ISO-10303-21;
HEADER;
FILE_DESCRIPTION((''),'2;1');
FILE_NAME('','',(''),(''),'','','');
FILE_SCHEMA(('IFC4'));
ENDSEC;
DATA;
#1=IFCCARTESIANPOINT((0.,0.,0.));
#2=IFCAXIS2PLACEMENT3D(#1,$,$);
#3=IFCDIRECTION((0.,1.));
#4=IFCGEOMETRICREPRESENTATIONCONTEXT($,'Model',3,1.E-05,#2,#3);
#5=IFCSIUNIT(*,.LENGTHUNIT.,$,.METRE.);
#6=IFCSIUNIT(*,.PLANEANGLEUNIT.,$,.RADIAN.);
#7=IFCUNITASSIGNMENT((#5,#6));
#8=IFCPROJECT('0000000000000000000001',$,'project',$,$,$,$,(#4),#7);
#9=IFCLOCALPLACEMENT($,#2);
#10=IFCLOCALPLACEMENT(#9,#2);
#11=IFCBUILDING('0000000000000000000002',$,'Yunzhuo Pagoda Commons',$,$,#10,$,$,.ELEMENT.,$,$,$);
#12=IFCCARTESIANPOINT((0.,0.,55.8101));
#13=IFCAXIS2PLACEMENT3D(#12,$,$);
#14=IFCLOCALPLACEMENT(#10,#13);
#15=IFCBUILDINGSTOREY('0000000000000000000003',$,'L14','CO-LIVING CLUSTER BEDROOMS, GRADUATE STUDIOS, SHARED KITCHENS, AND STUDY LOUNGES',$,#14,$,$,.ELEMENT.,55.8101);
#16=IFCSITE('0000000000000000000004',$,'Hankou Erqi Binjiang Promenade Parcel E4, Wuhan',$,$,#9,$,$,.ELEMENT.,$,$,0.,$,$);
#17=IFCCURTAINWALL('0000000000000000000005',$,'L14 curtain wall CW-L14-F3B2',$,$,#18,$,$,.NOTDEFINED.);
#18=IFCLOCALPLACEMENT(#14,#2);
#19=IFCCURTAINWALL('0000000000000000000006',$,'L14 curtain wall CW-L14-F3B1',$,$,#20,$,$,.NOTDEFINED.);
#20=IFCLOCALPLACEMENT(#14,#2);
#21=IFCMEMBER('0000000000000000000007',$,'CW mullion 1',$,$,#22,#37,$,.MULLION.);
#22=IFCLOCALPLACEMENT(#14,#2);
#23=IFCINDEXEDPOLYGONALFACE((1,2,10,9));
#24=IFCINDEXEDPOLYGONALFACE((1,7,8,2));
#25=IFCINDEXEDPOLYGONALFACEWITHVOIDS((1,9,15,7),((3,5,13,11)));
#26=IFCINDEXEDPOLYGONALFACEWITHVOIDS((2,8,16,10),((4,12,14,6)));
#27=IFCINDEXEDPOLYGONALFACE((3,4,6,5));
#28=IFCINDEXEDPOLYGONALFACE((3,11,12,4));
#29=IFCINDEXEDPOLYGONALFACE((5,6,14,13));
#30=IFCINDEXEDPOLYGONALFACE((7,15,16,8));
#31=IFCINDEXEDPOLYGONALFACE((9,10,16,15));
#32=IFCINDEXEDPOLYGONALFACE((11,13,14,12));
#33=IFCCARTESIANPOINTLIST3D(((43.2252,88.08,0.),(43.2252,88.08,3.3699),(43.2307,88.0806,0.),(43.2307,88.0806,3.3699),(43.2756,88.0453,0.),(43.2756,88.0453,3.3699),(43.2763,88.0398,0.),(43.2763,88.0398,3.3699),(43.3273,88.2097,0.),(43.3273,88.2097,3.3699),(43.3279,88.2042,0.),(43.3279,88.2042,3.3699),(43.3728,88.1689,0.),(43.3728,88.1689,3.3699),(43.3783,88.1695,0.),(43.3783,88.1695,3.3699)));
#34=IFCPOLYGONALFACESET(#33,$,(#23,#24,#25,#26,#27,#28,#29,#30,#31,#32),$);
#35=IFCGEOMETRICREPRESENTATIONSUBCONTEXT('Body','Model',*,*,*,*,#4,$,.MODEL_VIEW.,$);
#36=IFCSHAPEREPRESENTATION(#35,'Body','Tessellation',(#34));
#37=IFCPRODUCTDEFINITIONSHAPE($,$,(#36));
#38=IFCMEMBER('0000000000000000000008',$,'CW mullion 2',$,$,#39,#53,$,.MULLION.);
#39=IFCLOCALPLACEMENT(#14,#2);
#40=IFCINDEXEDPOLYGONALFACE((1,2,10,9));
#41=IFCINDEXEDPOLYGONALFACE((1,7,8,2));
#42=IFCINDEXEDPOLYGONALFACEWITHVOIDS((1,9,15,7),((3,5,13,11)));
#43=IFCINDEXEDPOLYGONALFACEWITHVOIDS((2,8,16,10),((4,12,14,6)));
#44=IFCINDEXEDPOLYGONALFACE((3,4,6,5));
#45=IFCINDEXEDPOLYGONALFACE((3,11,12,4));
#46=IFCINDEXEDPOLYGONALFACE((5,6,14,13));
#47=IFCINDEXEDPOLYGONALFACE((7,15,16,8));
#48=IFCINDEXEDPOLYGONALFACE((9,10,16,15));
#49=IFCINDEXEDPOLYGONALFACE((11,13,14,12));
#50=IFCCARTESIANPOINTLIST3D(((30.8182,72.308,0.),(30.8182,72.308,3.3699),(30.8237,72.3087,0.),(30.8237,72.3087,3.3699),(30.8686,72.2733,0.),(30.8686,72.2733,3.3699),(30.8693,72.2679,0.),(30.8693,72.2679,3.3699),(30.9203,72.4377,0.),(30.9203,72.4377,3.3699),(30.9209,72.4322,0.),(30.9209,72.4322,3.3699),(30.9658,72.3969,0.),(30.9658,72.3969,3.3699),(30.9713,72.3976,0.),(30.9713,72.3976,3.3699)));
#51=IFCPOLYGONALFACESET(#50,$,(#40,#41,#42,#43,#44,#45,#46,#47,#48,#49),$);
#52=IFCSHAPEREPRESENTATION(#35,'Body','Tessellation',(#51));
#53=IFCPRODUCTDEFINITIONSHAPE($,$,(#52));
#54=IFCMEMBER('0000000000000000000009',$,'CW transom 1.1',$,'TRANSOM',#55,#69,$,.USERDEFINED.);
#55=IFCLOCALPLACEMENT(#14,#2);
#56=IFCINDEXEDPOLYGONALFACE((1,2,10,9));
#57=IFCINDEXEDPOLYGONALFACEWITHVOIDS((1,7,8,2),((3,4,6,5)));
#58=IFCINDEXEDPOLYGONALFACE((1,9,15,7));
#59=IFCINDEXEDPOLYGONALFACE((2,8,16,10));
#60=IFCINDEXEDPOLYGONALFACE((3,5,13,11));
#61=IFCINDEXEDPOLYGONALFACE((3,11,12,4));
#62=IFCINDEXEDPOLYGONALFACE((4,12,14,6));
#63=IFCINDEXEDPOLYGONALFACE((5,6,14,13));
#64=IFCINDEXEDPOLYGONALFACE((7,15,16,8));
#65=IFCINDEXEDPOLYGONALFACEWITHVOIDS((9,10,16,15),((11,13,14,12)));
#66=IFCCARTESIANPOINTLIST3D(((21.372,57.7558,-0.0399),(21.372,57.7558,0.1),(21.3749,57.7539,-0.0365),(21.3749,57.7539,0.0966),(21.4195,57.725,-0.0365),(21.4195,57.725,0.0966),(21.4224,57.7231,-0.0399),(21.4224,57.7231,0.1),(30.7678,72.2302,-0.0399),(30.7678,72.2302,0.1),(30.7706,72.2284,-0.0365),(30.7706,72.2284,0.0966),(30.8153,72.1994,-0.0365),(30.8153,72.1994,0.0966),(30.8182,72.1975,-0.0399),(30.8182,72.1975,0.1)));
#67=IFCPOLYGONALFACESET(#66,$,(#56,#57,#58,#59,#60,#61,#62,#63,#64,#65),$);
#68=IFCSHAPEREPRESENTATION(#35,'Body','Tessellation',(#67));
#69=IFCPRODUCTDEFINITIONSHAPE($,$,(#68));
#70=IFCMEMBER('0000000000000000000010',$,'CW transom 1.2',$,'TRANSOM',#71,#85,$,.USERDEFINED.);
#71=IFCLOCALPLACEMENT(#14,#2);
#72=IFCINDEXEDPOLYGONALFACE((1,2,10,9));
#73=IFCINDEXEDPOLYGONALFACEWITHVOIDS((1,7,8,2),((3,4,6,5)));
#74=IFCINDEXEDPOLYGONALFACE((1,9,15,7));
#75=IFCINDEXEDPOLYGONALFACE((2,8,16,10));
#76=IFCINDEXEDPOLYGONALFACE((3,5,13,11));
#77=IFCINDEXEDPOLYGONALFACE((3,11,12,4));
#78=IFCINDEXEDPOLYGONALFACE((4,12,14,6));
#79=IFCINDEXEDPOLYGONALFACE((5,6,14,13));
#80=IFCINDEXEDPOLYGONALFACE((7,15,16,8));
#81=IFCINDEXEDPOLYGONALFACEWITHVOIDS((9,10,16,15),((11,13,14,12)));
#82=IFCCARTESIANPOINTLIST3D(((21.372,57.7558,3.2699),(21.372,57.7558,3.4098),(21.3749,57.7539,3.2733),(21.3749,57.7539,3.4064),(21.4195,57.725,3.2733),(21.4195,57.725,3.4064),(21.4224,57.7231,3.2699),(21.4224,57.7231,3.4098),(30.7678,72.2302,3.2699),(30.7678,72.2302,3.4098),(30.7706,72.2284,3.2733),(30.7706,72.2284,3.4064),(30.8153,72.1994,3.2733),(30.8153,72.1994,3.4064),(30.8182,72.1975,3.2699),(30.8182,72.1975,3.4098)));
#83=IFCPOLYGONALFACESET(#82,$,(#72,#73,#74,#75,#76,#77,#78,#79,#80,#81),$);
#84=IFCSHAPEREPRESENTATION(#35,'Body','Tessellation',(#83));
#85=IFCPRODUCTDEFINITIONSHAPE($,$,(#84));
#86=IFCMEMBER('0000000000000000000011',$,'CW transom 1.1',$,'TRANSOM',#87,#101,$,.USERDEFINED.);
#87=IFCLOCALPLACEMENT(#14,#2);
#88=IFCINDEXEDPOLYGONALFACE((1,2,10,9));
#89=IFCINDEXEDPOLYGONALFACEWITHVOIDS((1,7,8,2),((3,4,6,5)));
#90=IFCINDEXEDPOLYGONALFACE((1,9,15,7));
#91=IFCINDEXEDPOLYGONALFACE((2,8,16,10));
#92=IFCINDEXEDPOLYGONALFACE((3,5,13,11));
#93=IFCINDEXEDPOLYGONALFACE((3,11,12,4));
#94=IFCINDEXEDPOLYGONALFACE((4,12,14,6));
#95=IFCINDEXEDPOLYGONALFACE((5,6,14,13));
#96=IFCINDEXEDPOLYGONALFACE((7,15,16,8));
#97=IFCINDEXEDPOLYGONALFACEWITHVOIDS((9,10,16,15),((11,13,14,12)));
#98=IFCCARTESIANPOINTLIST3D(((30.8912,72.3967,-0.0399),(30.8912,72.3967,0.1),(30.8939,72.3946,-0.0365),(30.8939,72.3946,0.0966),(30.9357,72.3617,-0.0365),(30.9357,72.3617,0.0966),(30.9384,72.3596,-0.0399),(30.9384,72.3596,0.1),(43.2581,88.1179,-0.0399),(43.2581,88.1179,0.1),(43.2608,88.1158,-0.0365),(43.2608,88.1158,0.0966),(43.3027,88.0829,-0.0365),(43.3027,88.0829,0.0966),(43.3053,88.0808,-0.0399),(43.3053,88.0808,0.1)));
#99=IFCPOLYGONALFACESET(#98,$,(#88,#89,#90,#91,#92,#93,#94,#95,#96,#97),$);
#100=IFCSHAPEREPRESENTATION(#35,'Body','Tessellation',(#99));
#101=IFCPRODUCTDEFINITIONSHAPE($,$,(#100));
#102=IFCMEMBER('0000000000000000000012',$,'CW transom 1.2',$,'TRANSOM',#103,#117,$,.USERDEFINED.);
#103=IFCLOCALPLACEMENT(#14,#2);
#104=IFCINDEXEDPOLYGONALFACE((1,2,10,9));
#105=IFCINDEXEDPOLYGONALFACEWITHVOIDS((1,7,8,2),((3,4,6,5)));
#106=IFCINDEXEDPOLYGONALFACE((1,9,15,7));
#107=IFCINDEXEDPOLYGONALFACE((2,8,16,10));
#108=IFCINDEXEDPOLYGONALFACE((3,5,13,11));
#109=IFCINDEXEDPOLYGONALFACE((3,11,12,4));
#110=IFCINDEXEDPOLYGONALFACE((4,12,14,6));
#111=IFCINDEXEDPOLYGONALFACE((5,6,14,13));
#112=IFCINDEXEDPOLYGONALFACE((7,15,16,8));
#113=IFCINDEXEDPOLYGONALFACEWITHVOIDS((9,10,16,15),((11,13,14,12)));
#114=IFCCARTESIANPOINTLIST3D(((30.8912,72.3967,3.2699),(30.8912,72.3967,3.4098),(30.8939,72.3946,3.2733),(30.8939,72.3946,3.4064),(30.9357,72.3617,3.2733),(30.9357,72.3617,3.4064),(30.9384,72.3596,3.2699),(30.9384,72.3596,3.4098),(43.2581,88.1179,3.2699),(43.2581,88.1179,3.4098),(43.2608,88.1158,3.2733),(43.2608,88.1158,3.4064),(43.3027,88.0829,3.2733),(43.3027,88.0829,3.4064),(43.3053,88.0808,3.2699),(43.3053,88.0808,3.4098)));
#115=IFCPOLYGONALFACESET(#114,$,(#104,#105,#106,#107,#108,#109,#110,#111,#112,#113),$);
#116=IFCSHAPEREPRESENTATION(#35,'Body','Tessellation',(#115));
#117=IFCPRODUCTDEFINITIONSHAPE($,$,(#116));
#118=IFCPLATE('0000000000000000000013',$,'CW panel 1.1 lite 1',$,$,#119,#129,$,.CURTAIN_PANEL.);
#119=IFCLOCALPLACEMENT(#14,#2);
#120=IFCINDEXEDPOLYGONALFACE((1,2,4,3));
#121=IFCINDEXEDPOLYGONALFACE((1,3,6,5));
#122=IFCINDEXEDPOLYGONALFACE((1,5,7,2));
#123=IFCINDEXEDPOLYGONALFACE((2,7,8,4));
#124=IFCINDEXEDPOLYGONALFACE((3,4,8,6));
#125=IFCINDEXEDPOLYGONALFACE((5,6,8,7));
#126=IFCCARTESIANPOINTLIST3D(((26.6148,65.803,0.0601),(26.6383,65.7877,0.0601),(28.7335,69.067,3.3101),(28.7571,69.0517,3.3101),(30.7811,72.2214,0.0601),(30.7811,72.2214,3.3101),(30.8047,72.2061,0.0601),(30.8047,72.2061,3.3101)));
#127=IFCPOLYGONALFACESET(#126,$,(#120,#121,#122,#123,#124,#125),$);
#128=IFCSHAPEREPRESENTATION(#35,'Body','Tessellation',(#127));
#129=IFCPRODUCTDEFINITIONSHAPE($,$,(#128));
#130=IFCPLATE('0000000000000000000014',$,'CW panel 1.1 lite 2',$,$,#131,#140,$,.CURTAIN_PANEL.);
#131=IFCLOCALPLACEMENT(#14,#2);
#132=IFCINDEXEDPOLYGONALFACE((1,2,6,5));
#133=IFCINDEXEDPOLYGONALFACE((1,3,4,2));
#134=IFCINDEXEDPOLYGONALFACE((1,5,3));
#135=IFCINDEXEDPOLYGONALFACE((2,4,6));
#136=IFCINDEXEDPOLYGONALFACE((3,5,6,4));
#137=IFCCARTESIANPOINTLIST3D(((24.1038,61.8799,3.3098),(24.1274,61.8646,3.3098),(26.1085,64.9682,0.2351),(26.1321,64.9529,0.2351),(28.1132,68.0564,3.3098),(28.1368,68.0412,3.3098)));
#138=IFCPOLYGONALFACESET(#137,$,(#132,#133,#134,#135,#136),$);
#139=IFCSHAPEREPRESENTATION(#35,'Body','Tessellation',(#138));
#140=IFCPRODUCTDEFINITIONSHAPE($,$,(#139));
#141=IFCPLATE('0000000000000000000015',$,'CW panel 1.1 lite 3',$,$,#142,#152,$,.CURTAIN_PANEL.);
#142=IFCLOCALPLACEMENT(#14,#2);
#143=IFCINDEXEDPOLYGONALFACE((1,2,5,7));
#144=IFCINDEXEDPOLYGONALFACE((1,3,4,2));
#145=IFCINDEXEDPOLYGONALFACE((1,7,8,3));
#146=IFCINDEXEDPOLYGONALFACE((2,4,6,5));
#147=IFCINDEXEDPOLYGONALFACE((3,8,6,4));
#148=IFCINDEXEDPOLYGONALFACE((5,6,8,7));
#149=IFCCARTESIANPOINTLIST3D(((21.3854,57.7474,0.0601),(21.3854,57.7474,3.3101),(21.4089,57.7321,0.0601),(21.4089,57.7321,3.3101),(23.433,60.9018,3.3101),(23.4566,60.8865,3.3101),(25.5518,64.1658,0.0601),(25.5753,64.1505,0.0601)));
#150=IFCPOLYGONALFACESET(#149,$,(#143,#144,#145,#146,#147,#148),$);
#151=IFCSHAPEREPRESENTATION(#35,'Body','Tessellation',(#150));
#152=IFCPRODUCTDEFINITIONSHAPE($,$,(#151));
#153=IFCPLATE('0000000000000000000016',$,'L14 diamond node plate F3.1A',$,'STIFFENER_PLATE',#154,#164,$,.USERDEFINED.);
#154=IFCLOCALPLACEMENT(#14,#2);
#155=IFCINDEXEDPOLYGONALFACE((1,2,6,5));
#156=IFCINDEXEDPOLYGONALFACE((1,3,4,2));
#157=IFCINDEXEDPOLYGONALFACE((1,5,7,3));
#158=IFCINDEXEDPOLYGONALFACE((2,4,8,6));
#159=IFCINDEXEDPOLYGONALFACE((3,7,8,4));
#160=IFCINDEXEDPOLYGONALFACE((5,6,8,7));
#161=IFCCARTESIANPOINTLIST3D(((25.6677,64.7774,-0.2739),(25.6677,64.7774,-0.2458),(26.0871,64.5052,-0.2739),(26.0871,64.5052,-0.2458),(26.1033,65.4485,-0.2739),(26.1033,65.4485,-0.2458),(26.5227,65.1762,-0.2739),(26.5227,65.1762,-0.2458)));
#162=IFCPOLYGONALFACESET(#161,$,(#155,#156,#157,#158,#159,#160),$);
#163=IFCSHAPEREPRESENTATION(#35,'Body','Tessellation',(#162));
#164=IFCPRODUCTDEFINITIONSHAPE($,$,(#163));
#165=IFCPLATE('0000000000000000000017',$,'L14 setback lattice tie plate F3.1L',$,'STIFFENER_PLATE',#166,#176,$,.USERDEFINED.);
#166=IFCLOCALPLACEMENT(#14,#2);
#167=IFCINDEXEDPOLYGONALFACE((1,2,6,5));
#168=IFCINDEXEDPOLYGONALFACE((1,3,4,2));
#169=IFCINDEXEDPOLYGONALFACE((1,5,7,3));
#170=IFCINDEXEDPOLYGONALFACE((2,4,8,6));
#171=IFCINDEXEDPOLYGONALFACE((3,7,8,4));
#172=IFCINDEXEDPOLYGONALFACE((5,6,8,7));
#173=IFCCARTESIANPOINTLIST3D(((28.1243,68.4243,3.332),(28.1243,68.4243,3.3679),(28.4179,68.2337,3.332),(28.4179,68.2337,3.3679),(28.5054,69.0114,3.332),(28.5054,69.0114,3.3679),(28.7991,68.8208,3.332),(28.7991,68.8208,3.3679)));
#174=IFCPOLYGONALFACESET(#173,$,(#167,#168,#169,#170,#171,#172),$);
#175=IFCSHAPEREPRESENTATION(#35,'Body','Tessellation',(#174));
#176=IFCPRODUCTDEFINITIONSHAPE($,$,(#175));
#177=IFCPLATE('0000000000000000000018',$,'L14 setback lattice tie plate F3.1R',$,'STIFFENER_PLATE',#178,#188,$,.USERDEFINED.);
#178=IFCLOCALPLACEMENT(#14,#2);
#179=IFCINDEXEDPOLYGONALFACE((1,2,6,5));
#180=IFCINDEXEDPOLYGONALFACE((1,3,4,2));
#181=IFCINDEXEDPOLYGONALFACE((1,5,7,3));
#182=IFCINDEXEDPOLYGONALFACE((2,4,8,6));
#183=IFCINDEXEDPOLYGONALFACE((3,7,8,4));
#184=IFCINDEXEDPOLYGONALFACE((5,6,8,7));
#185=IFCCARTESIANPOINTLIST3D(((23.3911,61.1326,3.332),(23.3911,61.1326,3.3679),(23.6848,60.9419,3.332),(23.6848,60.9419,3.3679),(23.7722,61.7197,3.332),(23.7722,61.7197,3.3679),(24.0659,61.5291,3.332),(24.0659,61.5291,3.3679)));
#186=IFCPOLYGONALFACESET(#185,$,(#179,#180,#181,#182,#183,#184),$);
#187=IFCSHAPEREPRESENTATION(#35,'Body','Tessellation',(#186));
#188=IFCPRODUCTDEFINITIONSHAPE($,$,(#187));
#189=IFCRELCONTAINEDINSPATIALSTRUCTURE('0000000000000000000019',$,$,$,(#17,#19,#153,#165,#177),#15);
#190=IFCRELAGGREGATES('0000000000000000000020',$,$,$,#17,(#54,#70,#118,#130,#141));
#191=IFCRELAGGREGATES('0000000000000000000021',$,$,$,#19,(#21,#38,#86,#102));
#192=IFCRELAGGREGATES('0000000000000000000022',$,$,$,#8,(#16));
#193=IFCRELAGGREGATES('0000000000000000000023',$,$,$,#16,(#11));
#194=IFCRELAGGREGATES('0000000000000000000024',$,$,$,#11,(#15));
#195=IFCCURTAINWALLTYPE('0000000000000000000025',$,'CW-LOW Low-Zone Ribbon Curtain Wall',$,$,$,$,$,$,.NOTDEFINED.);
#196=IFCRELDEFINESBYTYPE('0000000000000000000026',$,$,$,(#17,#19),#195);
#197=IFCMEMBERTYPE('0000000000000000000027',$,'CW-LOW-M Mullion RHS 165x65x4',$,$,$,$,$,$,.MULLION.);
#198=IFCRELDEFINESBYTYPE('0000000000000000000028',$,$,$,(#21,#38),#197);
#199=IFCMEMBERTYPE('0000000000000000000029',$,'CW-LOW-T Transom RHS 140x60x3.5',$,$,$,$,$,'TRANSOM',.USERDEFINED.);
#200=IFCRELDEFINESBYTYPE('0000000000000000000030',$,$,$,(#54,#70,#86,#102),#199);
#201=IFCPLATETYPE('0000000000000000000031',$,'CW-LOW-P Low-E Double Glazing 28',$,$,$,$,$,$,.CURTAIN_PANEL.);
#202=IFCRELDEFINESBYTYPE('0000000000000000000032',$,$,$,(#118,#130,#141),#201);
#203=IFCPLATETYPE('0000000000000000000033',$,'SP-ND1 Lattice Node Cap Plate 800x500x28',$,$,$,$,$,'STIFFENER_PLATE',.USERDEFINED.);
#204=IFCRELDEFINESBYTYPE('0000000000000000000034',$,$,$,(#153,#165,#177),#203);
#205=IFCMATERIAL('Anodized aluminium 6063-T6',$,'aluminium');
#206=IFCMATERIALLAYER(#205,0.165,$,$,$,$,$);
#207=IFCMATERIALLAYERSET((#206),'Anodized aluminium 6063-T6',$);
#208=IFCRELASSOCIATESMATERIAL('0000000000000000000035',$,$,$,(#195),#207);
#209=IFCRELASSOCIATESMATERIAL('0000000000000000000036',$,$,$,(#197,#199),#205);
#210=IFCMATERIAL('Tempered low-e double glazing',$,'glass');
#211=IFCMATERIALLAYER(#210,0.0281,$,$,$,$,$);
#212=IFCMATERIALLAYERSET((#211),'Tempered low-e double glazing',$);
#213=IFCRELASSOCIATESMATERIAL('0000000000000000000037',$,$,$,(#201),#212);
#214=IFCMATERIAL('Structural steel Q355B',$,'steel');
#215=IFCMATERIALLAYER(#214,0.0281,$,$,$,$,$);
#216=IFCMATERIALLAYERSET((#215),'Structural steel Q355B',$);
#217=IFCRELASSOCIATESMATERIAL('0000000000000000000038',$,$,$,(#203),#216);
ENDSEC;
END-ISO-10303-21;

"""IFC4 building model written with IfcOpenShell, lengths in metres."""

from ifc_helpers import new_model, si_unit, direction, frame, origin, origin_2d, place, context, subcontext, project, spatial, polyline, rectangle, hollow_rectangle, outline, extrude, source, transform, mapped, material, layer, layer_set, material_profile, profile_set, type_object, element, aggregate, save


model = new_model("IFC4")

# Units and contexts
model_context = context("Model", 3, precision=1e-05, world=origin(), true_north=direction((0.0, 1.0)))
body_context = subcontext(model_context, "Body", "Model", "MODEL_VIEW")
ifc_project = project(units=[si_unit("LENGTHUNIT", "METRE"), si_unit("PLANEANGLEUNIT", "RADIAN")], contexts=[model_context])

# Site, building, storey
site_placement = place(None, origin())
site = spatial("IfcSite", under=ifc_project, at=site_placement, Name="Hankou Erqi Binjiang Promenade Parcel E4, Wuhan", CompositionType="ELEMENT", RefElevation=0.0)
building_placement = place(site_placement, origin())
building = spatial("IfcBuilding", under=site, at=building_placement, Name="Yunzhuo Pagoda Commons", CompositionType="ELEMENT")
storey_placement = place(building_placement, frame((0.0, 0.0, 55.8101)))
storey = spatial("IfcBuildingStorey", under=building, at=storey_placement, Name="L14", Description="CO-LIVING CLUSTER BEDROOMS, GRADUATE STUDIOS, SHARED KITCHENS, AND STUDY LOUNGES", CompositionType="ELEMENT", Elevation=55.8101)

# Shared definitions
ifc_material_1 = material(Name="Structural steel Q355B", Category="steel")

# Curtain wall
ifc_material_2 = material(Name="Anodized aluminium 6063-T6", Category="aluminium")
ifc_layer_1 = layer(ifc_material_2, 0.165)
ifc_layer_set_1 = layer_set([ifc_layer_1], Name="Anodized aluminium 6063-T6")
curtain_wall_type = type_object("IfcCurtainWallType", Name="CW-LOW Low-Zone Ribbon Curtain Wall", PredefinedType="NOTDEFINED", material=ifc_layer_set_1)
curtain_wall_1_placement = place(storey_placement, origin())
curtain_wall_1 = element("IfcCurtainWall", 1, at=curtain_wall_1_placement, inside=storey, type_object=curtain_wall_type, Name="L14 curtain wall CW-L14-F3B2", PredefinedType="NOTDEFINED")
ifc_material_profile_1 = material_profile(ifc_material_2, hollow_rectangle(XDim=0.0649, YDim=0.165, WallThickness=0.0039, at=origin_2d()), Name="Anodized aluminium 6063-T6")
ifc_profile_set_1 = profile_set([ifc_material_profile_1], Name="Anodized aluminium 6063-T6")
member_type_1 = type_object("IfcMemberType", Name="CW-LOW-M Mullion RHS 165x65x4", PredefinedType="MULLION", material=ifc_profile_set_1)
shared_shape_1 = source(origin(), body_context, "Body", "SweptSolid", [
    extrude(hollow_rectangle(XDim=0.0649, YDim=0.165, WallThickness=0.0039, at=origin_2d()), origin(), (0.0, 0.0, 1.0), 3.3699),
])

# Curtain wall, members
curtain_wall_2_placement = place(storey_placement, origin())
curtain_wall_2 = element("IfcCurtainWall", 2, at=curtain_wall_2_placement, inside=storey, type_object=curtain_wall_type, Name="L14 curtain wall CW-L14-F3B1", PredefinedType="NOTDEFINED")
member_1_placement = place(storey_placement, frame((43.3018, 88.1248, 0.0), z_axis=(0.0, 0.0, 1.0), x_axis=(0.785964, -0.618272, 0.0)))
member_1 = element("IfcMember", 3, at=member_1_placement, type_object=member_type_1, Name="CW mullion 1", PredefinedType="MULLION", context=body_context, shape_type="MappedRepresentation", body=[
    mapped(shared_shape_1, transform((0.0, 0.0, 0.0), scale=1.0)),
])
member_2_placement = place(storey_placement, frame((30.8948, 72.3528, 0.0), z_axis=(0.0, 0.0, 1.0), x_axis=(0.785964, -0.618272, 0.0)))
member_2 = element("IfcMember", 4, at=member_2_placement, type_object=member_type_1, Name="CW mullion 2", PredefinedType="MULLION", context=body_context, shape_type="MappedRepresentation", body=[
    mapped(shared_shape_1, transform((0.0, 0.0, 0.0), scale=1.0)),
])

# Members
ifc_material_profile_2 = material_profile(ifc_material_2, hollow_rectangle(XDim=0.0601, YDim=0.1399, WallThickness=0.0034, at=origin_2d()), Name="Anodized aluminium 6063-T6")
ifc_profile_set_2 = profile_set([ifc_material_profile_2], Name="Anodized aluminium 6063-T6")
member_type_2 = type_object("IfcMemberType", Name="CW-LOW-T Transom RHS 140x60x3.5", ElementType="TRANSOM", PredefinedType="USERDEFINED", material=ifc_profile_set_2)
shared_shape_2 = source(origin(), body_context, "Body", "SweptSolid", [
    extrude(hollow_rectangle(XDim=0.0601, YDim=0.1399, WallThickness=0.0034, at=origin_2d()), origin(), (0.0, 0.0, 1.0), 17.2566),
])
member_3_placement = place(storey_placement, frame((30.793, 72.2139, 0.03), z_axis=(-0.544476, -0.838777, 0.0), x_axis=(0.838777, -0.544476, 0.0)))
member_3 = element("IfcMember", 5, at=member_3_placement, type_object=member_type_2, Name="CW transom 1.1", ObjectType="TRANSOM", PredefinedType="USERDEFINED", context=body_context, shape_type="MappedRepresentation", body=[
    mapped(shared_shape_2, transform((0.0, 0.0, 0.0), scale=1.0)),
])
member_4_placement = place(storey_placement, frame((30.793, 72.2139, 3.3398), z_axis=(-0.544476, -0.838777, 0.0), x_axis=(0.838777, -0.544476, 0.0)))
member_4 = element("IfcMember", 6, at=member_4_placement, type_object=member_type_2, Name="CW transom 1.2", ObjectType="TRANSOM", PredefinedType="USERDEFINED", context=body_context, shape_type="MappedRepresentation", body=[
    mapped(shared_shape_2, transform((0.0, 0.0, 0.0), scale=1.0)),
])
shared_shape_3 = source(origin(), body_context, "Body", "SweptSolid", [
    extrude(hollow_rectangle(XDim=0.0601, YDim=0.1399, WallThickness=0.0034, at=origin_2d()), origin(), (0.0, 0.0, 1.0), 20.0024),
])
member_5_placement = place(storey_placement, frame((43.2817, 88.0994, 0.03), z_axis=(-0.618272, -0.785964, 0.0), x_axis=(0.785964, -0.618272, 0.0)))
member_5 = element("IfcMember", 7, at=member_5_placement, type_object=member_type_2, Name="CW transom 1.1", ObjectType="TRANSOM", PredefinedType="USERDEFINED", context=body_context, shape_type="MappedRepresentation", body=[
    mapped(shared_shape_3, transform((0.0, 0.0, 0.0), scale=1.0)),
])
member_6_placement = place(storey_placement, frame((43.2817, 88.0994, 3.3398), z_axis=(-0.618272, -0.785964, 0.0), x_axis=(0.785964, -0.618272, 0.0)))
member_6 = element("IfcMember", 8, at=member_6_placement, type_object=member_type_2, Name="CW transom 1.2", ObjectType="TRANSOM", PredefinedType="USERDEFINED", context=body_context, shape_type="MappedRepresentation", body=[
    mapped(shared_shape_3, transform((0.0, 0.0, 0.0), scale=1.0)),
])

# Plates
ifc_material_3 = material(Name="Tempered low-e double glazing", Category="glass")
ifc_layer_2 = layer(ifc_material_3, 0.0281)
ifc_layer_set_2 = layer_set([ifc_layer_2], Name="Tempered low-e double glazing")
plate_type_1 = type_object("IfcPlateType", Name="CW-LOW-P Low-E Double Glazing 28", PredefinedType="CURTAIN_PANEL", material=ifc_layer_set_2)
plate_1_placement = place(storey_placement, frame((28.7214, 68.9968, 1.6851), z_axis=(-0.838777, 0.544476, 0.0), x_axis=(-0.544476, -0.838777, 0.0)))
plate_1 = element("IfcPlate", 9, at=plate_1_placement, type_object=plate_type_1, Name="CW panel 1.1 lite 1", PredefinedType="CURTAIN_PANEL", context=body_context, shape_type="SweptSolid", body=[
    extrude(outline(polyline([(-3.8262, -1.625), (3.8259, -1.625), (-0.0654, 1.625), (-3.8262, 1.625), (-3.8262, -1.625)])), origin(), (0.0, 0.0, 1.0), 0.0281),
])
plate_2_placement = place(storey_placement, frame((26.1321, 64.9529, 1.7725), z_axis=(-0.838777, 0.544476, 0.0), x_axis=(-0.544476, -0.838777, 0.0)))
plate_2 = element("IfcPlate", 10, at=plate_2_placement, type_object=plate_type_1, Name="CW panel 1.1 lite 2", PredefinedType="CURTAIN_PANEL", context=body_context, shape_type="SweptSolid", body=[
    extrude(outline(polyline([(-3.6819, 1.5374), (0.0, -1.5374), (3.6819, 1.5374), (-3.6819, 1.5374)])), origin(), (0.0, 0.0, 1.0), 0.0281),
])
plate_3_placement = place(storey_placement, frame((23.4922, 60.9414, 1.6851), z_axis=(-0.838777, 0.544476, 0.0), x_axis=(-0.544476, -0.838777, 0.0)))
plate_3 = element("IfcPlate", 11, at=plate_3_placement, type_object=plate_type_1, Name="CW panel 1.1 lite 3", PredefinedType="CURTAIN_PANEL", context=body_context, shape_type="SweptSolid", body=[
    extrude(outline(polyline([(-3.8259, -1.625), (3.8262, -1.625), (3.8262, 1.625), (0.0654, 1.625), (-3.8259, -1.625)])), origin(), (0.0, 0.0, 1.0), 0.0281),
])
aggregate(curtain_wall_1, [member_3, member_4, plate_1, plate_2, plate_3])

# Plates
ifc_layer_3 = layer(ifc_material_1, 0.0281)
ifc_layer_set_3 = layer_set([ifc_layer_3], Name="Structural steel Q355B")
plate_type_2 = type_object("IfcPlateType", Name="SP-ND1 Lattice Node Cap Plate 800x500x28", ElementType="STIFFENER_PLATE", PredefinedType="USERDEFINED", material=ifc_layer_set_3)
shared_shape_4 = source(origin(), body_context, "Body", "SweptSolid", [
    extrude(rectangle(XDim=0.8, YDim=0.5, at=origin_2d()), origin(), (0.0, 0.0, 1.0), 0.0281),
])
plate_4_placement = place(storey_placement, frame((26.0952, 64.9768, -0.2739), z_axis=(0.0, 0.0, 1.0), x_axis=(-0.544478, -0.838775, 0.0)))
element("IfcPlate", 12, at=plate_4_placement, inside=storey, type_object=plate_type_2, Name="L14 diamond node plate F3.1A", ObjectType="STIFFENER_PLATE", PredefinedType="USERDEFINED", context=body_context, shape_type="MappedRepresentation", body=[
    mapped(shared_shape_4, transform((0.0, 0.0, 0.0), scale=1.0)),
])
shared_shape_5 = source(origin(), body_context, "Body", "SweptSolid", [
    extrude(rectangle(XDim=0.7, YDim=0.3501, at=origin_2d()), origin(), (0.0, 0.0, 1.0), 0.0359),
])
for number, where, z_axis, x_axis, name in (
    (13, (28.4617, 68.6226, 3.332), (0.0, 0.0, 1.0), (-0.544478, -0.838775, 0.0), "L14 setback lattice tie plate F3.1L"),
    (14, (23.7285, 61.3308, 3.332), (0.0, 0.0, 1.0), (-0.544478, -0.838775, 0.0), "L14 setback lattice tie plate F3.1R"),
):
    element("IfcPlate", number, at=place(storey_placement, frame(where, z_axis=z_axis, x_axis=x_axis)), inside=storey, type_object=plate_type_2, Name=name, ObjectType="STIFFENER_PLATE", PredefinedType="USERDEFINED", context=body_context, shape_type="MappedRepresentation", body=[
        mapped(shared_shape_5, transform((0.0, 0.0, 0.0), scale=1.0)),
    ])

aggregate(curtain_wall_2, [member_1, member_2, member_5, member_6])

save(model, "model.ifc")
